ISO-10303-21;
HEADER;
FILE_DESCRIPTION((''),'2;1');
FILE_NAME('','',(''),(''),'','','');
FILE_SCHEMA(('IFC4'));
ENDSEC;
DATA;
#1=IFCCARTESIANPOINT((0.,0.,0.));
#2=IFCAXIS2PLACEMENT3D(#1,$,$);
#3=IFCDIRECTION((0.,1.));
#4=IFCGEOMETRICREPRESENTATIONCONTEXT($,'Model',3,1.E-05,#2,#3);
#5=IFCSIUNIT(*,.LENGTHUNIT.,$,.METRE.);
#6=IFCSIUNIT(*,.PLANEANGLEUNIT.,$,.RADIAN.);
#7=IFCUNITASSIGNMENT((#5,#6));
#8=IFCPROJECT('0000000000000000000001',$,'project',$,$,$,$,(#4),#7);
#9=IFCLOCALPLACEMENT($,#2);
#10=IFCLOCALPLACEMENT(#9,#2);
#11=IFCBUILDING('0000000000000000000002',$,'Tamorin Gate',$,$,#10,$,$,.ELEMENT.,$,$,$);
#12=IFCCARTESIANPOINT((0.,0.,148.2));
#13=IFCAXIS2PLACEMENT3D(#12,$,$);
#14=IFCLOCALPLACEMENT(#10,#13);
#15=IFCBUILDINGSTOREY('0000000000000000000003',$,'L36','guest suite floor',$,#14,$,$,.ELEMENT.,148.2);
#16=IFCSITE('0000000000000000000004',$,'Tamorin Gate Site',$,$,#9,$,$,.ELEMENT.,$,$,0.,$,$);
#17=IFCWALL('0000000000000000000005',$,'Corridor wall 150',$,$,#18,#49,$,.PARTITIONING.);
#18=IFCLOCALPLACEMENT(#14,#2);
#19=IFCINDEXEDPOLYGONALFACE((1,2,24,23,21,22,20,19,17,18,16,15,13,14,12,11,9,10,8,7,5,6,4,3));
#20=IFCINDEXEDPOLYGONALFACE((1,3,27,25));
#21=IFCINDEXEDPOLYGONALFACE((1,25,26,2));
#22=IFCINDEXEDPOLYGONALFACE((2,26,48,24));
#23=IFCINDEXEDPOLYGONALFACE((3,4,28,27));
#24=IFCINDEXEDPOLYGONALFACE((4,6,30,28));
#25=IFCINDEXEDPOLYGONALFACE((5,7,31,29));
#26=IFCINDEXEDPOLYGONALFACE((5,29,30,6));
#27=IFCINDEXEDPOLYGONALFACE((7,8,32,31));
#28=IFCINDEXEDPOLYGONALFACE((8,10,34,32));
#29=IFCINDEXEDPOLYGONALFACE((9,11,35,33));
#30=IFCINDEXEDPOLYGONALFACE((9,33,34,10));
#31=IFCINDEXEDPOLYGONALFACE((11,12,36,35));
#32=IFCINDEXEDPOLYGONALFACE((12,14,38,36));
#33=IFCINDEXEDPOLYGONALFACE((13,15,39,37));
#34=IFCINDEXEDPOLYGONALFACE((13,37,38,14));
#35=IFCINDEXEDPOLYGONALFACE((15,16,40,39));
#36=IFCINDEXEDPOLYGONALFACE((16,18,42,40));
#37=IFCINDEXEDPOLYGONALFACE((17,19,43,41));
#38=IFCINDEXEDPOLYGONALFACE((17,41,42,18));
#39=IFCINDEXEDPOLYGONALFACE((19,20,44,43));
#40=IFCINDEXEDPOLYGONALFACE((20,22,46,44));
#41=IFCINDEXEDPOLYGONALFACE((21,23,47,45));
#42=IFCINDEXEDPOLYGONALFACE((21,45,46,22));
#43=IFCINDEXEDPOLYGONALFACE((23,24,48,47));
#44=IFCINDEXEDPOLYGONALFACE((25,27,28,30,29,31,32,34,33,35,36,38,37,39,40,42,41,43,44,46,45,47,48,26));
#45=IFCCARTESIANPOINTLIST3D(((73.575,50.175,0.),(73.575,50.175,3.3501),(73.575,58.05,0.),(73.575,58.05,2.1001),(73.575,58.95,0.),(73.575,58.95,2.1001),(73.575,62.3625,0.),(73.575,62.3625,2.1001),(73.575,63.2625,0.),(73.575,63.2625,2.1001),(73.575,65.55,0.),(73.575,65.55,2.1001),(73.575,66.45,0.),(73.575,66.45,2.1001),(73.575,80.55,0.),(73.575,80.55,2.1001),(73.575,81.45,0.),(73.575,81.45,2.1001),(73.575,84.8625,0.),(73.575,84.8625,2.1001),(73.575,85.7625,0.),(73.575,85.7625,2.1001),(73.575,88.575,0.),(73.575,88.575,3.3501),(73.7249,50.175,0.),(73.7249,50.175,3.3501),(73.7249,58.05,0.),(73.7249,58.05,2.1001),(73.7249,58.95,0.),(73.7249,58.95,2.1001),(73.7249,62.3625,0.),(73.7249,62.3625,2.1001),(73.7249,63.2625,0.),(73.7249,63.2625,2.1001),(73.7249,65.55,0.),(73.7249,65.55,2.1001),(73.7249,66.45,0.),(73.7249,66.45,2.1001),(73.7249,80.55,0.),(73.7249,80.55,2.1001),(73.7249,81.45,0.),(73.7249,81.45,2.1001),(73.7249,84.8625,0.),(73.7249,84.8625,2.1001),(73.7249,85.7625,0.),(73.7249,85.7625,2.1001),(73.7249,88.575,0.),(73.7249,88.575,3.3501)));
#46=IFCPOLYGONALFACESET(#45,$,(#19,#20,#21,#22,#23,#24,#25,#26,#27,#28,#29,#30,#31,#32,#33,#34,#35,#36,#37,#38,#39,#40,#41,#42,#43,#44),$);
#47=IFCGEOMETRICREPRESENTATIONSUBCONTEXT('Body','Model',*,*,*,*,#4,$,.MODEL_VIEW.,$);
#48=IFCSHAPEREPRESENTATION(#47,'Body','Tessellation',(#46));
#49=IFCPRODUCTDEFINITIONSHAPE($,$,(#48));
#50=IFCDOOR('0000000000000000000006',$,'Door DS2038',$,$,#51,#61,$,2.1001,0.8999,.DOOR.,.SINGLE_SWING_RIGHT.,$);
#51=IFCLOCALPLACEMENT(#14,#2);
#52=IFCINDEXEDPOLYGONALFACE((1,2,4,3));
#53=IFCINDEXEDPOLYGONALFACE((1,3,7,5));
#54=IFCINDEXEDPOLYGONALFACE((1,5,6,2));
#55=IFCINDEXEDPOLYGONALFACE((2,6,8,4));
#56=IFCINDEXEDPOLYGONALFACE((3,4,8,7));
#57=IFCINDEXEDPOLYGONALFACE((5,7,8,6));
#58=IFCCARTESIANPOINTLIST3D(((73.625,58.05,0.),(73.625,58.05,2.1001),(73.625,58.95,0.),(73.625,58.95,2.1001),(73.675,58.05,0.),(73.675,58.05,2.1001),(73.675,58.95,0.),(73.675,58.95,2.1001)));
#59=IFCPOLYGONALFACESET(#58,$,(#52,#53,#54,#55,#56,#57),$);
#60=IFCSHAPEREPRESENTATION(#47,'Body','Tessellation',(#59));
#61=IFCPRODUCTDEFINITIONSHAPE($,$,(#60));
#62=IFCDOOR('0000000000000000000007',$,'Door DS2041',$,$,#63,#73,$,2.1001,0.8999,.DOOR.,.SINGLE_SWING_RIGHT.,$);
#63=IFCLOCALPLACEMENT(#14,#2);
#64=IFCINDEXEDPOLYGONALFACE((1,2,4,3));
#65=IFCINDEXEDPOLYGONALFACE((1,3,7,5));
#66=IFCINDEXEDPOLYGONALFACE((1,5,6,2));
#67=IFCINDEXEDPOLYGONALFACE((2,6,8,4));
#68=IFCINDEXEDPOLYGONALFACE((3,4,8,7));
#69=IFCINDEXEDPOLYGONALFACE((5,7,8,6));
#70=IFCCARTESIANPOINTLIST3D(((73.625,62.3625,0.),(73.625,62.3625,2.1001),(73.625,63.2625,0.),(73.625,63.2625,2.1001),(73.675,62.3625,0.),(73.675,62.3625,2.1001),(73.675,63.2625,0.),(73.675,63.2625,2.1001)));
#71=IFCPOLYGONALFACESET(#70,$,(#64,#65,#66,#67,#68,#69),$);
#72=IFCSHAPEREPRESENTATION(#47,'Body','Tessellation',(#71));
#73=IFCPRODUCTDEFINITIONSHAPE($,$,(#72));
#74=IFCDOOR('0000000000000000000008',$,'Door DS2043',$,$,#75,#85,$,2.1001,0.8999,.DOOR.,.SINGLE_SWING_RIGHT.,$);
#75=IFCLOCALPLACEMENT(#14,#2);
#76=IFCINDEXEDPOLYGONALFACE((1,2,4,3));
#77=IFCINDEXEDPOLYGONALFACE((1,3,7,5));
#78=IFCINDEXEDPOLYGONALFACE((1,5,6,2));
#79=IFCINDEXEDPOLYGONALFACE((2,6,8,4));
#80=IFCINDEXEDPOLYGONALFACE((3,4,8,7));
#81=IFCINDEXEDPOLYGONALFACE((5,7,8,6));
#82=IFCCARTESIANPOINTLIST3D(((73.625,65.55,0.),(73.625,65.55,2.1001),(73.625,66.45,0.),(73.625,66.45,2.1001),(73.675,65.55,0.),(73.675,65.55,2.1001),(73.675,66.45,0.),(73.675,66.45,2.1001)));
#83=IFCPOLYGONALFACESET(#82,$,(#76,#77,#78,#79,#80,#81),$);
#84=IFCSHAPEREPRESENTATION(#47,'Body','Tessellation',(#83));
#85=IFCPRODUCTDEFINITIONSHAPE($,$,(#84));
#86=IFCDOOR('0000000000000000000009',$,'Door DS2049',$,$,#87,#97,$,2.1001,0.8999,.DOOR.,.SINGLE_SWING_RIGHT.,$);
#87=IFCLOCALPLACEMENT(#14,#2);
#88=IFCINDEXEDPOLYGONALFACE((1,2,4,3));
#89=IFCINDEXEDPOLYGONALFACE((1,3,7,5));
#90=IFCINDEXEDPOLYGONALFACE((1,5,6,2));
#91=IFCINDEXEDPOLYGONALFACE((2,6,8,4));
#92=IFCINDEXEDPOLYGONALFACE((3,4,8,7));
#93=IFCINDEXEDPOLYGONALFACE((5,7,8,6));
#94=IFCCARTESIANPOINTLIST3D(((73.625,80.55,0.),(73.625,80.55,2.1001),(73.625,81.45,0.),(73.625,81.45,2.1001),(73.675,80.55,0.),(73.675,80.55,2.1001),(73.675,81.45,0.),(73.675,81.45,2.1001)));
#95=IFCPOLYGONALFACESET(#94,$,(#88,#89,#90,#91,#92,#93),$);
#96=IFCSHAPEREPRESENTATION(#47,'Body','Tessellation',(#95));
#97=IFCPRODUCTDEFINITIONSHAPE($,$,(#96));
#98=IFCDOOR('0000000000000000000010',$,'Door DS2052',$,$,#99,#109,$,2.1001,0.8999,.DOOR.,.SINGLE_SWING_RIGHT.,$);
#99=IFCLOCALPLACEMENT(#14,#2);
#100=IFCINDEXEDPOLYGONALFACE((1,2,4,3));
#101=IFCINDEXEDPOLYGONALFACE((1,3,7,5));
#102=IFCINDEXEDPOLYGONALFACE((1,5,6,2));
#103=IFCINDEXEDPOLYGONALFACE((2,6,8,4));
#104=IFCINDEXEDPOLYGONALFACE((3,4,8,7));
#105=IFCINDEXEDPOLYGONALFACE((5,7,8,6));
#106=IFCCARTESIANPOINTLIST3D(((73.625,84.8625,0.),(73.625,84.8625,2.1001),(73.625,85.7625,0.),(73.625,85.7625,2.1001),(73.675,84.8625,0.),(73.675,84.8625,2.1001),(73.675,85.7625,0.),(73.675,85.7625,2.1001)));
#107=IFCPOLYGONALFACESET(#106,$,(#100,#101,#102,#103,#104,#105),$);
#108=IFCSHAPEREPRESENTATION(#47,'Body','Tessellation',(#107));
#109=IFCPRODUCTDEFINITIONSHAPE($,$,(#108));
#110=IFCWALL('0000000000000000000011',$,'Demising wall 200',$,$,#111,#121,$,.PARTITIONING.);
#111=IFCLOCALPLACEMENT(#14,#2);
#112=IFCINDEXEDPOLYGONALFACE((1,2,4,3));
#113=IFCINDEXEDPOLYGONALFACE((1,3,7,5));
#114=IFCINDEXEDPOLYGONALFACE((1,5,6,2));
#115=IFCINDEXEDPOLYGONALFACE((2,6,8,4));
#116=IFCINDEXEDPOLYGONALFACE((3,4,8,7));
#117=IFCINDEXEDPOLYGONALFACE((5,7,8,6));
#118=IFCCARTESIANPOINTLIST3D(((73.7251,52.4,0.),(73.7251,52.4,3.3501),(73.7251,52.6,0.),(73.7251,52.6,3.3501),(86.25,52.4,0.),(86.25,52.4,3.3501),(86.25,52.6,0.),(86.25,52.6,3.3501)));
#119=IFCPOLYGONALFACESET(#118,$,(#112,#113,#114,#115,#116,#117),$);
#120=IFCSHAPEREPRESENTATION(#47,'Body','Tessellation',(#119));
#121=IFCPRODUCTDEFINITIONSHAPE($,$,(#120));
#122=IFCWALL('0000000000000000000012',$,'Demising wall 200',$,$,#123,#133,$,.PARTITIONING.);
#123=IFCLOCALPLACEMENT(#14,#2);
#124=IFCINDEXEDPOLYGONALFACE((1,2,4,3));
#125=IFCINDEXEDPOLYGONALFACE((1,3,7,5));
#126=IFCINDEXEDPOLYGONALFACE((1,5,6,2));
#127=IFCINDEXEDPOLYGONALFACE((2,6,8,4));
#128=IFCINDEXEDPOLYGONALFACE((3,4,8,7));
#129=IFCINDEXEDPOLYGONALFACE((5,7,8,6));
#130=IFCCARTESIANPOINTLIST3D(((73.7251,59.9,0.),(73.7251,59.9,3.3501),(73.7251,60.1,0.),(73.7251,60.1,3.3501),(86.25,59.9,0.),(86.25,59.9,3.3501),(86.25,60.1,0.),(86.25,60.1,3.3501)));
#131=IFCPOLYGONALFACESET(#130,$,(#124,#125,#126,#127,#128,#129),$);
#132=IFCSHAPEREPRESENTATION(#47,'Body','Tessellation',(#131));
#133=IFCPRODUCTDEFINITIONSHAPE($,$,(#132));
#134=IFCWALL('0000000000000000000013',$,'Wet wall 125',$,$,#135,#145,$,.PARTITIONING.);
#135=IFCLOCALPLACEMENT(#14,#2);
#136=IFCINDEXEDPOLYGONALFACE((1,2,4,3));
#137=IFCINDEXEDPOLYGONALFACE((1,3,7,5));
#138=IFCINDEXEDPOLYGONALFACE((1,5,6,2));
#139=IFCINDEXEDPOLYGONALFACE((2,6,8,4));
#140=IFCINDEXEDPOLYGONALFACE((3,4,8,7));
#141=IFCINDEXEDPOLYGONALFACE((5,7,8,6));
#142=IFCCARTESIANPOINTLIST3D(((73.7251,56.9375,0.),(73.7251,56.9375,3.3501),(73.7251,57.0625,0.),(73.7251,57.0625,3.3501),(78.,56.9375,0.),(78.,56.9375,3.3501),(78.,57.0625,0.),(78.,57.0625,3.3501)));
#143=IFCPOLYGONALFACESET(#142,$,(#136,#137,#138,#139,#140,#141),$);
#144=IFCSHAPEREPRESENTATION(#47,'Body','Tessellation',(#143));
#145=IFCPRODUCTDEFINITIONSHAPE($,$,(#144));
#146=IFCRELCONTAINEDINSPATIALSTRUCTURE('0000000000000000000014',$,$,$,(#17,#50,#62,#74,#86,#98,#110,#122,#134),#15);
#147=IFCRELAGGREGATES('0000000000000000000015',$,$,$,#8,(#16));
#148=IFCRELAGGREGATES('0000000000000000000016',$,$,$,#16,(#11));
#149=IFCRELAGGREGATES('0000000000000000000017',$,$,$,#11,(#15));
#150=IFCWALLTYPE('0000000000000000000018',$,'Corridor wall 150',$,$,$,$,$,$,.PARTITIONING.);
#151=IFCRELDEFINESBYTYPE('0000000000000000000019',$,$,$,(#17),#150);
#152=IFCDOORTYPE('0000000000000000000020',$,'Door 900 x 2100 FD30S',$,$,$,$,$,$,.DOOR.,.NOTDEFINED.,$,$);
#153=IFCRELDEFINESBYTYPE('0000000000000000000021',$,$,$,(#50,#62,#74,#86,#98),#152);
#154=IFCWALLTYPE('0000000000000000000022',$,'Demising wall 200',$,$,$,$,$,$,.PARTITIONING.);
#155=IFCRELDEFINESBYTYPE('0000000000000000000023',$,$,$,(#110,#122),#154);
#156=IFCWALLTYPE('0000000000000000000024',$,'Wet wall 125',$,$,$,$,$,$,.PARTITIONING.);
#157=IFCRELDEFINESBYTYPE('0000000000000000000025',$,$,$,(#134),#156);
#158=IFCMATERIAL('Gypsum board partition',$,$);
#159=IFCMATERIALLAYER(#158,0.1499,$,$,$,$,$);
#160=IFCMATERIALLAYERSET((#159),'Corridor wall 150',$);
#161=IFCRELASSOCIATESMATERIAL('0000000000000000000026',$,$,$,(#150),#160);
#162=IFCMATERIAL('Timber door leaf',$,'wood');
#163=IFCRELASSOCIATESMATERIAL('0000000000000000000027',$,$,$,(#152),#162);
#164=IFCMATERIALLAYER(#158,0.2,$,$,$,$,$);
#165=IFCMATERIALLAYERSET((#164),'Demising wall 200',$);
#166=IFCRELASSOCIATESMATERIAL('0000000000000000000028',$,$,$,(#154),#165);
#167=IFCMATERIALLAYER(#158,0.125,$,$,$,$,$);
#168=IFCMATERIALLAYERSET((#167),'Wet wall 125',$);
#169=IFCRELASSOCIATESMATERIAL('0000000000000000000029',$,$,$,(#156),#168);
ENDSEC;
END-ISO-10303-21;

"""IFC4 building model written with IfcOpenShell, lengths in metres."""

from ifc_helpers import new_model, si_unit, direction, frame, frame_2d, origin, place, context, subcontext, project, spatial, rectangle, extrude, material, layer, layer_set, type_object, element, fill, save


model = new_model("IFC4")

# Units and contexts
model_context = context("Model", 3, precision=1e-05, world=origin(), true_north=direction((0.0, 1.0)))
body_context = subcontext(model_context, "Body", "Model", "MODEL_VIEW")
ifc_project = project(units=[si_unit("LENGTHUNIT", "METRE"), si_unit("PLANEANGLEUNIT", "RADIAN")], contexts=[model_context])

# Site, building, storey
site_placement = place(None, origin())
site = spatial("IfcSite", under=ifc_project, at=site_placement, Name="Tamorin Gate Site", CompositionType="ELEMENT", RefElevation=0.0)
building_placement = place(site_placement, origin())
building = spatial("IfcBuilding", under=site, at=building_placement, Name="Tamorin Gate", CompositionType="ELEMENT")
storey_placement = place(building_placement, frame((0.0, 0.0, 148.2)))
storey = spatial("IfcBuildingStorey", under=building, at=storey_placement, Name="L36", Description="guest suite floor", CompositionType="ELEMENT", Elevation=148.2)

# Shared definitions
ifc_material_1 = material(Name="Gypsum board partition")
ifc_layer_1 = layer(ifc_material_1, 0.1499)
ifc_layer_set_1 = layer_set([ifc_layer_1], Name="Corridor wall 150")
wall_type_1 = type_object("IfcWallType", Name="Corridor wall 150", PredefinedType="PARTITIONING", material=ifc_layer_set_1)
ifc_material_2 = material(Name="Timber door leaf", Category="wood")
door_type_1 = type_object("IfcDoorType", Name="Door 900 x 2100 FD30S", OperationType="NOTDEFINED", PredefinedType="DOOR", material=ifc_material_2)

# Wall, openings, doors
wall_1_placement = place(storey_placement, frame((73.6499, 50.175, 0.0), z_axis=(0.0, 0.0, 1.0), x_axis=(0.0, 1.0, 0.0)))
wall_1 = element("IfcWall", 1, at=wall_1_placement, inside=storey, type_object=wall_type_1, Name="Corridor wall 150", PredefinedType="PARTITIONING", context=body_context, shape_type="SweptSolid", body=[
    extrude(rectangle(XDim=38.3999, YDim=0.1499, at=frame_2d((19.2, 0.0))), origin(), (0.0, 0.0, 1.0), 3.3501),
])
opening_1_placement = place(wall_1_placement, frame((7.875, 0.0, 0.0)))
opening_1 = element("IfcOpeningElement", 2, at=opening_1_placement, cuts=wall_1, PredefinedType="OPENING", context=body_context, shape_type="SweptSolid", body=[
    extrude(rectangle(XDim=0.8999, YDim=2.1001, at=frame_2d((0.45, 1.05))), frame((0.0, 0.085, 0.0), z_axis=(0.0, -1.0, 0.0), x_axis=(1.0, 0.0, 0.0)), (0.0, 0.0, 1.0), 0.1699),
])
opening_2_placement = place(wall_1_placement, frame((12.1875, 0.0, 0.0)))
opening_2 = element("IfcOpeningElement", 3, at=opening_2_placement, cuts=wall_1, PredefinedType="OPENING", context=body_context, shape_type="SweptSolid", body=[
    extrude(rectangle(XDim=0.8999, YDim=2.1001, at=frame_2d((0.45, 1.05))), frame((0.0, 0.085, 0.0), z_axis=(0.0, -1.0, 0.0), x_axis=(1.0, 0.0, 0.0)), (0.0, 0.0, 1.0), 0.1699),
])
opening_3_placement = place(wall_1_placement, frame((15.375, 0.0, 0.0)))
opening_3 = element("IfcOpeningElement", 4, at=opening_3_placement, cuts=wall_1, PredefinedType="OPENING", context=body_context, shape_type="SweptSolid", body=[
    extrude(rectangle(XDim=0.8999, YDim=2.1001, at=frame_2d((0.45, 1.05))), frame((0.0, 0.085, 0.0), z_axis=(0.0, -1.0, 0.0), x_axis=(1.0, 0.0, 0.0)), (0.0, 0.0, 1.0), 0.1699),
])
opening_4_placement = place(wall_1_placement, frame((30.375, 0.0, 0.0)))
opening_4 = element("IfcOpeningElement", 5, at=opening_4_placement, cuts=wall_1, PredefinedType="OPENING", context=body_context, shape_type="SweptSolid", body=[
    extrude(rectangle(XDim=0.8999, YDim=2.1001, at=frame_2d((0.45, 1.05))), frame((0.0, 0.085, 0.0), z_axis=(0.0, -1.0, 0.0), x_axis=(1.0, 0.0, 0.0)), (0.0, 0.0, 1.0), 0.1699),
])
opening_5_placement = place(wall_1_placement, frame((34.6875, 0.0, 0.0)))
opening_5 = element("IfcOpeningElement", 6, at=opening_5_placement, cuts=wall_1, PredefinedType="OPENING", context=body_context, shape_type="SweptSolid", body=[
    extrude(rectangle(XDim=0.8999, YDim=2.1001, at=frame_2d((0.45, 1.05))), frame((0.0, 0.085, 0.0), z_axis=(0.0, -1.0, 0.0), x_axis=(1.0, 0.0, 0.0)), (0.0, 0.0, 1.0), 0.1699),
])
door_1_placement = place(opening_1_placement, origin())
door_1 = element("IfcDoor", 7, at=door_1_placement, inside=storey, type_object=door_type_1, Name="Door DS2038", OperationType="SINGLE_SWING_RIGHT", OverallHeight=2.1001, OverallWidth=0.8999, PredefinedType="DOOR", context=body_context, shape_type="SweptSolid", body=[
    extrude(rectangle(XDim=0.8999, YDim=2.1001, at=frame_2d((0.45, 1.05))), frame((0.0, 0.0249, 0.0), z_axis=(0.0, -1.0, 0.0), x_axis=(1.0, 0.0, 0.0)), (0.0, 0.0, 1.0), 0.05),
])
fill(opening_1, door_1)
door_2_placement = place(opening_2_placement, origin())
door_2 = element("IfcDoor", 8, at=door_2_placement, inside=storey, type_object=door_type_1, Name="Door DS2041", OperationType="SINGLE_SWING_RIGHT", OverallHeight=2.1001, OverallWidth=0.8999, PredefinedType="DOOR", context=body_context, shape_type="SweptSolid", body=[
    extrude(rectangle(XDim=0.8999, YDim=2.1001, at=frame_2d((0.45, 1.05))), frame((0.0, 0.0249, 0.0), z_axis=(0.0, -1.0, 0.0), x_axis=(1.0, 0.0, 0.0)), (0.0, 0.0, 1.0), 0.05),
])
fill(opening_2, door_2)
door_3_placement = place(opening_3_placement, origin())
door_3 = element("IfcDoor", 9, at=door_3_placement, inside=storey, type_object=door_type_1, Name="Door DS2043", OperationType="SINGLE_SWING_RIGHT", OverallHeight=2.1001, OverallWidth=0.8999, PredefinedType="DOOR", context=body_context, shape_type="SweptSolid", body=[
    extrude(rectangle(XDim=0.8999, YDim=2.1001, at=frame_2d((0.45, 1.05))), frame((0.0, 0.0249, 0.0), z_axis=(0.0, -1.0, 0.0), x_axis=(1.0, 0.0, 0.0)), (0.0, 0.0, 1.0), 0.05),
])
fill(opening_3, door_3)
door_4_placement = place(opening_4_placement, origin())
door_4 = element("IfcDoor", 10, at=door_4_placement, inside=storey, type_object=door_type_1, Name="Door DS2049", OperationType="SINGLE_SWING_RIGHT", OverallHeight=2.1001, OverallWidth=0.8999, PredefinedType="DOOR", context=body_context, shape_type="SweptSolid", body=[
    extrude(rectangle(XDim=0.8999, YDim=2.1001, at=frame_2d((0.45, 1.05))), frame((0.0, 0.0249, 0.0), z_axis=(0.0, -1.0, 0.0), x_axis=(1.0, 0.0, 0.0)), (0.0, 0.0, 1.0), 0.05),
])
fill(opening_4, door_4)
door_5_placement = place(opening_5_placement, origin())
door_5 = element("IfcDoor", 11, at=door_5_placement, inside=storey, type_object=door_type_1, Name="Door DS2052", OperationType="SINGLE_SWING_RIGHT", OverallHeight=2.1001, OverallWidth=0.8999, PredefinedType="DOOR", context=body_context, shape_type="SweptSolid", body=[
    extrude(rectangle(XDim=0.8999, YDim=2.1001, at=frame_2d((0.45, 1.05))), frame((0.0, 0.0249, 0.0), z_axis=(0.0, -1.0, 0.0), x_axis=(1.0, 0.0, 0.0)), (0.0, 0.0, 1.0), 0.05),
])
fill(opening_5, door_5)

# Walls
ifc_layer_2 = layer(ifc_material_1, 0.2)
ifc_layer_set_2 = layer_set([ifc_layer_2], Name="Demising wall 200")
wall_type_2 = type_object("IfcWallType", Name="Demising wall 200", PredefinedType="PARTITIONING", material=ifc_layer_set_2)
for number, where, z_axis, x_axis, name in (
    (12, (73.7251, 52.5, 0.0), (0.0, 0.0, 1.0), (1.0, 0.0, 0.0), "Demising wall 200"),
    (13, (73.7251, 60.0, 0.0), (0.0, 0.0, 1.0), (1.0, 0.0, 0.0), "Demising wall 200"),
):
    element("IfcWall", number, at=place(storey_placement, frame(where, z_axis=z_axis, x_axis=x_axis)), inside=storey, type_object=wall_type_2, Name=name, PredefinedType="PARTITIONING", context=body_context, shape_type="SweptSolid", body=[
        extrude(rectangle(XDim=12.5249, YDim=0.2, at=frame_2d((6.2625, 0.0))), origin(), (0.0, 0.0, 1.0), 3.3501),
    ])
ifc_layer_3 = layer(ifc_material_1, 0.125)
ifc_layer_set_3 = layer_set([ifc_layer_3], Name="Wet wall 125")
wall_type_3 = type_object("IfcWallType", Name="Wet wall 125", PredefinedType="PARTITIONING", material=ifc_layer_set_3)
wall_2_placement = place(storey_placement, frame((73.7251, 57.0, 0.0), z_axis=(0.0, 0.0, 1.0), x_axis=(1.0, 0.0, 0.0)))
element("IfcWall", 14, at=wall_2_placement, inside=storey, type_object=wall_type_3, Name="Wet wall 125", PredefinedType="PARTITIONING", context=body_context, shape_type="SweptSolid", body=[
    extrude(rectangle(XDim=4.2749, YDim=0.125, at=frame_2d((2.1375, 0.0))), origin(), (0.0, 0.0, 1.0), 3.3501),
])

save(model, "model.ifc")
